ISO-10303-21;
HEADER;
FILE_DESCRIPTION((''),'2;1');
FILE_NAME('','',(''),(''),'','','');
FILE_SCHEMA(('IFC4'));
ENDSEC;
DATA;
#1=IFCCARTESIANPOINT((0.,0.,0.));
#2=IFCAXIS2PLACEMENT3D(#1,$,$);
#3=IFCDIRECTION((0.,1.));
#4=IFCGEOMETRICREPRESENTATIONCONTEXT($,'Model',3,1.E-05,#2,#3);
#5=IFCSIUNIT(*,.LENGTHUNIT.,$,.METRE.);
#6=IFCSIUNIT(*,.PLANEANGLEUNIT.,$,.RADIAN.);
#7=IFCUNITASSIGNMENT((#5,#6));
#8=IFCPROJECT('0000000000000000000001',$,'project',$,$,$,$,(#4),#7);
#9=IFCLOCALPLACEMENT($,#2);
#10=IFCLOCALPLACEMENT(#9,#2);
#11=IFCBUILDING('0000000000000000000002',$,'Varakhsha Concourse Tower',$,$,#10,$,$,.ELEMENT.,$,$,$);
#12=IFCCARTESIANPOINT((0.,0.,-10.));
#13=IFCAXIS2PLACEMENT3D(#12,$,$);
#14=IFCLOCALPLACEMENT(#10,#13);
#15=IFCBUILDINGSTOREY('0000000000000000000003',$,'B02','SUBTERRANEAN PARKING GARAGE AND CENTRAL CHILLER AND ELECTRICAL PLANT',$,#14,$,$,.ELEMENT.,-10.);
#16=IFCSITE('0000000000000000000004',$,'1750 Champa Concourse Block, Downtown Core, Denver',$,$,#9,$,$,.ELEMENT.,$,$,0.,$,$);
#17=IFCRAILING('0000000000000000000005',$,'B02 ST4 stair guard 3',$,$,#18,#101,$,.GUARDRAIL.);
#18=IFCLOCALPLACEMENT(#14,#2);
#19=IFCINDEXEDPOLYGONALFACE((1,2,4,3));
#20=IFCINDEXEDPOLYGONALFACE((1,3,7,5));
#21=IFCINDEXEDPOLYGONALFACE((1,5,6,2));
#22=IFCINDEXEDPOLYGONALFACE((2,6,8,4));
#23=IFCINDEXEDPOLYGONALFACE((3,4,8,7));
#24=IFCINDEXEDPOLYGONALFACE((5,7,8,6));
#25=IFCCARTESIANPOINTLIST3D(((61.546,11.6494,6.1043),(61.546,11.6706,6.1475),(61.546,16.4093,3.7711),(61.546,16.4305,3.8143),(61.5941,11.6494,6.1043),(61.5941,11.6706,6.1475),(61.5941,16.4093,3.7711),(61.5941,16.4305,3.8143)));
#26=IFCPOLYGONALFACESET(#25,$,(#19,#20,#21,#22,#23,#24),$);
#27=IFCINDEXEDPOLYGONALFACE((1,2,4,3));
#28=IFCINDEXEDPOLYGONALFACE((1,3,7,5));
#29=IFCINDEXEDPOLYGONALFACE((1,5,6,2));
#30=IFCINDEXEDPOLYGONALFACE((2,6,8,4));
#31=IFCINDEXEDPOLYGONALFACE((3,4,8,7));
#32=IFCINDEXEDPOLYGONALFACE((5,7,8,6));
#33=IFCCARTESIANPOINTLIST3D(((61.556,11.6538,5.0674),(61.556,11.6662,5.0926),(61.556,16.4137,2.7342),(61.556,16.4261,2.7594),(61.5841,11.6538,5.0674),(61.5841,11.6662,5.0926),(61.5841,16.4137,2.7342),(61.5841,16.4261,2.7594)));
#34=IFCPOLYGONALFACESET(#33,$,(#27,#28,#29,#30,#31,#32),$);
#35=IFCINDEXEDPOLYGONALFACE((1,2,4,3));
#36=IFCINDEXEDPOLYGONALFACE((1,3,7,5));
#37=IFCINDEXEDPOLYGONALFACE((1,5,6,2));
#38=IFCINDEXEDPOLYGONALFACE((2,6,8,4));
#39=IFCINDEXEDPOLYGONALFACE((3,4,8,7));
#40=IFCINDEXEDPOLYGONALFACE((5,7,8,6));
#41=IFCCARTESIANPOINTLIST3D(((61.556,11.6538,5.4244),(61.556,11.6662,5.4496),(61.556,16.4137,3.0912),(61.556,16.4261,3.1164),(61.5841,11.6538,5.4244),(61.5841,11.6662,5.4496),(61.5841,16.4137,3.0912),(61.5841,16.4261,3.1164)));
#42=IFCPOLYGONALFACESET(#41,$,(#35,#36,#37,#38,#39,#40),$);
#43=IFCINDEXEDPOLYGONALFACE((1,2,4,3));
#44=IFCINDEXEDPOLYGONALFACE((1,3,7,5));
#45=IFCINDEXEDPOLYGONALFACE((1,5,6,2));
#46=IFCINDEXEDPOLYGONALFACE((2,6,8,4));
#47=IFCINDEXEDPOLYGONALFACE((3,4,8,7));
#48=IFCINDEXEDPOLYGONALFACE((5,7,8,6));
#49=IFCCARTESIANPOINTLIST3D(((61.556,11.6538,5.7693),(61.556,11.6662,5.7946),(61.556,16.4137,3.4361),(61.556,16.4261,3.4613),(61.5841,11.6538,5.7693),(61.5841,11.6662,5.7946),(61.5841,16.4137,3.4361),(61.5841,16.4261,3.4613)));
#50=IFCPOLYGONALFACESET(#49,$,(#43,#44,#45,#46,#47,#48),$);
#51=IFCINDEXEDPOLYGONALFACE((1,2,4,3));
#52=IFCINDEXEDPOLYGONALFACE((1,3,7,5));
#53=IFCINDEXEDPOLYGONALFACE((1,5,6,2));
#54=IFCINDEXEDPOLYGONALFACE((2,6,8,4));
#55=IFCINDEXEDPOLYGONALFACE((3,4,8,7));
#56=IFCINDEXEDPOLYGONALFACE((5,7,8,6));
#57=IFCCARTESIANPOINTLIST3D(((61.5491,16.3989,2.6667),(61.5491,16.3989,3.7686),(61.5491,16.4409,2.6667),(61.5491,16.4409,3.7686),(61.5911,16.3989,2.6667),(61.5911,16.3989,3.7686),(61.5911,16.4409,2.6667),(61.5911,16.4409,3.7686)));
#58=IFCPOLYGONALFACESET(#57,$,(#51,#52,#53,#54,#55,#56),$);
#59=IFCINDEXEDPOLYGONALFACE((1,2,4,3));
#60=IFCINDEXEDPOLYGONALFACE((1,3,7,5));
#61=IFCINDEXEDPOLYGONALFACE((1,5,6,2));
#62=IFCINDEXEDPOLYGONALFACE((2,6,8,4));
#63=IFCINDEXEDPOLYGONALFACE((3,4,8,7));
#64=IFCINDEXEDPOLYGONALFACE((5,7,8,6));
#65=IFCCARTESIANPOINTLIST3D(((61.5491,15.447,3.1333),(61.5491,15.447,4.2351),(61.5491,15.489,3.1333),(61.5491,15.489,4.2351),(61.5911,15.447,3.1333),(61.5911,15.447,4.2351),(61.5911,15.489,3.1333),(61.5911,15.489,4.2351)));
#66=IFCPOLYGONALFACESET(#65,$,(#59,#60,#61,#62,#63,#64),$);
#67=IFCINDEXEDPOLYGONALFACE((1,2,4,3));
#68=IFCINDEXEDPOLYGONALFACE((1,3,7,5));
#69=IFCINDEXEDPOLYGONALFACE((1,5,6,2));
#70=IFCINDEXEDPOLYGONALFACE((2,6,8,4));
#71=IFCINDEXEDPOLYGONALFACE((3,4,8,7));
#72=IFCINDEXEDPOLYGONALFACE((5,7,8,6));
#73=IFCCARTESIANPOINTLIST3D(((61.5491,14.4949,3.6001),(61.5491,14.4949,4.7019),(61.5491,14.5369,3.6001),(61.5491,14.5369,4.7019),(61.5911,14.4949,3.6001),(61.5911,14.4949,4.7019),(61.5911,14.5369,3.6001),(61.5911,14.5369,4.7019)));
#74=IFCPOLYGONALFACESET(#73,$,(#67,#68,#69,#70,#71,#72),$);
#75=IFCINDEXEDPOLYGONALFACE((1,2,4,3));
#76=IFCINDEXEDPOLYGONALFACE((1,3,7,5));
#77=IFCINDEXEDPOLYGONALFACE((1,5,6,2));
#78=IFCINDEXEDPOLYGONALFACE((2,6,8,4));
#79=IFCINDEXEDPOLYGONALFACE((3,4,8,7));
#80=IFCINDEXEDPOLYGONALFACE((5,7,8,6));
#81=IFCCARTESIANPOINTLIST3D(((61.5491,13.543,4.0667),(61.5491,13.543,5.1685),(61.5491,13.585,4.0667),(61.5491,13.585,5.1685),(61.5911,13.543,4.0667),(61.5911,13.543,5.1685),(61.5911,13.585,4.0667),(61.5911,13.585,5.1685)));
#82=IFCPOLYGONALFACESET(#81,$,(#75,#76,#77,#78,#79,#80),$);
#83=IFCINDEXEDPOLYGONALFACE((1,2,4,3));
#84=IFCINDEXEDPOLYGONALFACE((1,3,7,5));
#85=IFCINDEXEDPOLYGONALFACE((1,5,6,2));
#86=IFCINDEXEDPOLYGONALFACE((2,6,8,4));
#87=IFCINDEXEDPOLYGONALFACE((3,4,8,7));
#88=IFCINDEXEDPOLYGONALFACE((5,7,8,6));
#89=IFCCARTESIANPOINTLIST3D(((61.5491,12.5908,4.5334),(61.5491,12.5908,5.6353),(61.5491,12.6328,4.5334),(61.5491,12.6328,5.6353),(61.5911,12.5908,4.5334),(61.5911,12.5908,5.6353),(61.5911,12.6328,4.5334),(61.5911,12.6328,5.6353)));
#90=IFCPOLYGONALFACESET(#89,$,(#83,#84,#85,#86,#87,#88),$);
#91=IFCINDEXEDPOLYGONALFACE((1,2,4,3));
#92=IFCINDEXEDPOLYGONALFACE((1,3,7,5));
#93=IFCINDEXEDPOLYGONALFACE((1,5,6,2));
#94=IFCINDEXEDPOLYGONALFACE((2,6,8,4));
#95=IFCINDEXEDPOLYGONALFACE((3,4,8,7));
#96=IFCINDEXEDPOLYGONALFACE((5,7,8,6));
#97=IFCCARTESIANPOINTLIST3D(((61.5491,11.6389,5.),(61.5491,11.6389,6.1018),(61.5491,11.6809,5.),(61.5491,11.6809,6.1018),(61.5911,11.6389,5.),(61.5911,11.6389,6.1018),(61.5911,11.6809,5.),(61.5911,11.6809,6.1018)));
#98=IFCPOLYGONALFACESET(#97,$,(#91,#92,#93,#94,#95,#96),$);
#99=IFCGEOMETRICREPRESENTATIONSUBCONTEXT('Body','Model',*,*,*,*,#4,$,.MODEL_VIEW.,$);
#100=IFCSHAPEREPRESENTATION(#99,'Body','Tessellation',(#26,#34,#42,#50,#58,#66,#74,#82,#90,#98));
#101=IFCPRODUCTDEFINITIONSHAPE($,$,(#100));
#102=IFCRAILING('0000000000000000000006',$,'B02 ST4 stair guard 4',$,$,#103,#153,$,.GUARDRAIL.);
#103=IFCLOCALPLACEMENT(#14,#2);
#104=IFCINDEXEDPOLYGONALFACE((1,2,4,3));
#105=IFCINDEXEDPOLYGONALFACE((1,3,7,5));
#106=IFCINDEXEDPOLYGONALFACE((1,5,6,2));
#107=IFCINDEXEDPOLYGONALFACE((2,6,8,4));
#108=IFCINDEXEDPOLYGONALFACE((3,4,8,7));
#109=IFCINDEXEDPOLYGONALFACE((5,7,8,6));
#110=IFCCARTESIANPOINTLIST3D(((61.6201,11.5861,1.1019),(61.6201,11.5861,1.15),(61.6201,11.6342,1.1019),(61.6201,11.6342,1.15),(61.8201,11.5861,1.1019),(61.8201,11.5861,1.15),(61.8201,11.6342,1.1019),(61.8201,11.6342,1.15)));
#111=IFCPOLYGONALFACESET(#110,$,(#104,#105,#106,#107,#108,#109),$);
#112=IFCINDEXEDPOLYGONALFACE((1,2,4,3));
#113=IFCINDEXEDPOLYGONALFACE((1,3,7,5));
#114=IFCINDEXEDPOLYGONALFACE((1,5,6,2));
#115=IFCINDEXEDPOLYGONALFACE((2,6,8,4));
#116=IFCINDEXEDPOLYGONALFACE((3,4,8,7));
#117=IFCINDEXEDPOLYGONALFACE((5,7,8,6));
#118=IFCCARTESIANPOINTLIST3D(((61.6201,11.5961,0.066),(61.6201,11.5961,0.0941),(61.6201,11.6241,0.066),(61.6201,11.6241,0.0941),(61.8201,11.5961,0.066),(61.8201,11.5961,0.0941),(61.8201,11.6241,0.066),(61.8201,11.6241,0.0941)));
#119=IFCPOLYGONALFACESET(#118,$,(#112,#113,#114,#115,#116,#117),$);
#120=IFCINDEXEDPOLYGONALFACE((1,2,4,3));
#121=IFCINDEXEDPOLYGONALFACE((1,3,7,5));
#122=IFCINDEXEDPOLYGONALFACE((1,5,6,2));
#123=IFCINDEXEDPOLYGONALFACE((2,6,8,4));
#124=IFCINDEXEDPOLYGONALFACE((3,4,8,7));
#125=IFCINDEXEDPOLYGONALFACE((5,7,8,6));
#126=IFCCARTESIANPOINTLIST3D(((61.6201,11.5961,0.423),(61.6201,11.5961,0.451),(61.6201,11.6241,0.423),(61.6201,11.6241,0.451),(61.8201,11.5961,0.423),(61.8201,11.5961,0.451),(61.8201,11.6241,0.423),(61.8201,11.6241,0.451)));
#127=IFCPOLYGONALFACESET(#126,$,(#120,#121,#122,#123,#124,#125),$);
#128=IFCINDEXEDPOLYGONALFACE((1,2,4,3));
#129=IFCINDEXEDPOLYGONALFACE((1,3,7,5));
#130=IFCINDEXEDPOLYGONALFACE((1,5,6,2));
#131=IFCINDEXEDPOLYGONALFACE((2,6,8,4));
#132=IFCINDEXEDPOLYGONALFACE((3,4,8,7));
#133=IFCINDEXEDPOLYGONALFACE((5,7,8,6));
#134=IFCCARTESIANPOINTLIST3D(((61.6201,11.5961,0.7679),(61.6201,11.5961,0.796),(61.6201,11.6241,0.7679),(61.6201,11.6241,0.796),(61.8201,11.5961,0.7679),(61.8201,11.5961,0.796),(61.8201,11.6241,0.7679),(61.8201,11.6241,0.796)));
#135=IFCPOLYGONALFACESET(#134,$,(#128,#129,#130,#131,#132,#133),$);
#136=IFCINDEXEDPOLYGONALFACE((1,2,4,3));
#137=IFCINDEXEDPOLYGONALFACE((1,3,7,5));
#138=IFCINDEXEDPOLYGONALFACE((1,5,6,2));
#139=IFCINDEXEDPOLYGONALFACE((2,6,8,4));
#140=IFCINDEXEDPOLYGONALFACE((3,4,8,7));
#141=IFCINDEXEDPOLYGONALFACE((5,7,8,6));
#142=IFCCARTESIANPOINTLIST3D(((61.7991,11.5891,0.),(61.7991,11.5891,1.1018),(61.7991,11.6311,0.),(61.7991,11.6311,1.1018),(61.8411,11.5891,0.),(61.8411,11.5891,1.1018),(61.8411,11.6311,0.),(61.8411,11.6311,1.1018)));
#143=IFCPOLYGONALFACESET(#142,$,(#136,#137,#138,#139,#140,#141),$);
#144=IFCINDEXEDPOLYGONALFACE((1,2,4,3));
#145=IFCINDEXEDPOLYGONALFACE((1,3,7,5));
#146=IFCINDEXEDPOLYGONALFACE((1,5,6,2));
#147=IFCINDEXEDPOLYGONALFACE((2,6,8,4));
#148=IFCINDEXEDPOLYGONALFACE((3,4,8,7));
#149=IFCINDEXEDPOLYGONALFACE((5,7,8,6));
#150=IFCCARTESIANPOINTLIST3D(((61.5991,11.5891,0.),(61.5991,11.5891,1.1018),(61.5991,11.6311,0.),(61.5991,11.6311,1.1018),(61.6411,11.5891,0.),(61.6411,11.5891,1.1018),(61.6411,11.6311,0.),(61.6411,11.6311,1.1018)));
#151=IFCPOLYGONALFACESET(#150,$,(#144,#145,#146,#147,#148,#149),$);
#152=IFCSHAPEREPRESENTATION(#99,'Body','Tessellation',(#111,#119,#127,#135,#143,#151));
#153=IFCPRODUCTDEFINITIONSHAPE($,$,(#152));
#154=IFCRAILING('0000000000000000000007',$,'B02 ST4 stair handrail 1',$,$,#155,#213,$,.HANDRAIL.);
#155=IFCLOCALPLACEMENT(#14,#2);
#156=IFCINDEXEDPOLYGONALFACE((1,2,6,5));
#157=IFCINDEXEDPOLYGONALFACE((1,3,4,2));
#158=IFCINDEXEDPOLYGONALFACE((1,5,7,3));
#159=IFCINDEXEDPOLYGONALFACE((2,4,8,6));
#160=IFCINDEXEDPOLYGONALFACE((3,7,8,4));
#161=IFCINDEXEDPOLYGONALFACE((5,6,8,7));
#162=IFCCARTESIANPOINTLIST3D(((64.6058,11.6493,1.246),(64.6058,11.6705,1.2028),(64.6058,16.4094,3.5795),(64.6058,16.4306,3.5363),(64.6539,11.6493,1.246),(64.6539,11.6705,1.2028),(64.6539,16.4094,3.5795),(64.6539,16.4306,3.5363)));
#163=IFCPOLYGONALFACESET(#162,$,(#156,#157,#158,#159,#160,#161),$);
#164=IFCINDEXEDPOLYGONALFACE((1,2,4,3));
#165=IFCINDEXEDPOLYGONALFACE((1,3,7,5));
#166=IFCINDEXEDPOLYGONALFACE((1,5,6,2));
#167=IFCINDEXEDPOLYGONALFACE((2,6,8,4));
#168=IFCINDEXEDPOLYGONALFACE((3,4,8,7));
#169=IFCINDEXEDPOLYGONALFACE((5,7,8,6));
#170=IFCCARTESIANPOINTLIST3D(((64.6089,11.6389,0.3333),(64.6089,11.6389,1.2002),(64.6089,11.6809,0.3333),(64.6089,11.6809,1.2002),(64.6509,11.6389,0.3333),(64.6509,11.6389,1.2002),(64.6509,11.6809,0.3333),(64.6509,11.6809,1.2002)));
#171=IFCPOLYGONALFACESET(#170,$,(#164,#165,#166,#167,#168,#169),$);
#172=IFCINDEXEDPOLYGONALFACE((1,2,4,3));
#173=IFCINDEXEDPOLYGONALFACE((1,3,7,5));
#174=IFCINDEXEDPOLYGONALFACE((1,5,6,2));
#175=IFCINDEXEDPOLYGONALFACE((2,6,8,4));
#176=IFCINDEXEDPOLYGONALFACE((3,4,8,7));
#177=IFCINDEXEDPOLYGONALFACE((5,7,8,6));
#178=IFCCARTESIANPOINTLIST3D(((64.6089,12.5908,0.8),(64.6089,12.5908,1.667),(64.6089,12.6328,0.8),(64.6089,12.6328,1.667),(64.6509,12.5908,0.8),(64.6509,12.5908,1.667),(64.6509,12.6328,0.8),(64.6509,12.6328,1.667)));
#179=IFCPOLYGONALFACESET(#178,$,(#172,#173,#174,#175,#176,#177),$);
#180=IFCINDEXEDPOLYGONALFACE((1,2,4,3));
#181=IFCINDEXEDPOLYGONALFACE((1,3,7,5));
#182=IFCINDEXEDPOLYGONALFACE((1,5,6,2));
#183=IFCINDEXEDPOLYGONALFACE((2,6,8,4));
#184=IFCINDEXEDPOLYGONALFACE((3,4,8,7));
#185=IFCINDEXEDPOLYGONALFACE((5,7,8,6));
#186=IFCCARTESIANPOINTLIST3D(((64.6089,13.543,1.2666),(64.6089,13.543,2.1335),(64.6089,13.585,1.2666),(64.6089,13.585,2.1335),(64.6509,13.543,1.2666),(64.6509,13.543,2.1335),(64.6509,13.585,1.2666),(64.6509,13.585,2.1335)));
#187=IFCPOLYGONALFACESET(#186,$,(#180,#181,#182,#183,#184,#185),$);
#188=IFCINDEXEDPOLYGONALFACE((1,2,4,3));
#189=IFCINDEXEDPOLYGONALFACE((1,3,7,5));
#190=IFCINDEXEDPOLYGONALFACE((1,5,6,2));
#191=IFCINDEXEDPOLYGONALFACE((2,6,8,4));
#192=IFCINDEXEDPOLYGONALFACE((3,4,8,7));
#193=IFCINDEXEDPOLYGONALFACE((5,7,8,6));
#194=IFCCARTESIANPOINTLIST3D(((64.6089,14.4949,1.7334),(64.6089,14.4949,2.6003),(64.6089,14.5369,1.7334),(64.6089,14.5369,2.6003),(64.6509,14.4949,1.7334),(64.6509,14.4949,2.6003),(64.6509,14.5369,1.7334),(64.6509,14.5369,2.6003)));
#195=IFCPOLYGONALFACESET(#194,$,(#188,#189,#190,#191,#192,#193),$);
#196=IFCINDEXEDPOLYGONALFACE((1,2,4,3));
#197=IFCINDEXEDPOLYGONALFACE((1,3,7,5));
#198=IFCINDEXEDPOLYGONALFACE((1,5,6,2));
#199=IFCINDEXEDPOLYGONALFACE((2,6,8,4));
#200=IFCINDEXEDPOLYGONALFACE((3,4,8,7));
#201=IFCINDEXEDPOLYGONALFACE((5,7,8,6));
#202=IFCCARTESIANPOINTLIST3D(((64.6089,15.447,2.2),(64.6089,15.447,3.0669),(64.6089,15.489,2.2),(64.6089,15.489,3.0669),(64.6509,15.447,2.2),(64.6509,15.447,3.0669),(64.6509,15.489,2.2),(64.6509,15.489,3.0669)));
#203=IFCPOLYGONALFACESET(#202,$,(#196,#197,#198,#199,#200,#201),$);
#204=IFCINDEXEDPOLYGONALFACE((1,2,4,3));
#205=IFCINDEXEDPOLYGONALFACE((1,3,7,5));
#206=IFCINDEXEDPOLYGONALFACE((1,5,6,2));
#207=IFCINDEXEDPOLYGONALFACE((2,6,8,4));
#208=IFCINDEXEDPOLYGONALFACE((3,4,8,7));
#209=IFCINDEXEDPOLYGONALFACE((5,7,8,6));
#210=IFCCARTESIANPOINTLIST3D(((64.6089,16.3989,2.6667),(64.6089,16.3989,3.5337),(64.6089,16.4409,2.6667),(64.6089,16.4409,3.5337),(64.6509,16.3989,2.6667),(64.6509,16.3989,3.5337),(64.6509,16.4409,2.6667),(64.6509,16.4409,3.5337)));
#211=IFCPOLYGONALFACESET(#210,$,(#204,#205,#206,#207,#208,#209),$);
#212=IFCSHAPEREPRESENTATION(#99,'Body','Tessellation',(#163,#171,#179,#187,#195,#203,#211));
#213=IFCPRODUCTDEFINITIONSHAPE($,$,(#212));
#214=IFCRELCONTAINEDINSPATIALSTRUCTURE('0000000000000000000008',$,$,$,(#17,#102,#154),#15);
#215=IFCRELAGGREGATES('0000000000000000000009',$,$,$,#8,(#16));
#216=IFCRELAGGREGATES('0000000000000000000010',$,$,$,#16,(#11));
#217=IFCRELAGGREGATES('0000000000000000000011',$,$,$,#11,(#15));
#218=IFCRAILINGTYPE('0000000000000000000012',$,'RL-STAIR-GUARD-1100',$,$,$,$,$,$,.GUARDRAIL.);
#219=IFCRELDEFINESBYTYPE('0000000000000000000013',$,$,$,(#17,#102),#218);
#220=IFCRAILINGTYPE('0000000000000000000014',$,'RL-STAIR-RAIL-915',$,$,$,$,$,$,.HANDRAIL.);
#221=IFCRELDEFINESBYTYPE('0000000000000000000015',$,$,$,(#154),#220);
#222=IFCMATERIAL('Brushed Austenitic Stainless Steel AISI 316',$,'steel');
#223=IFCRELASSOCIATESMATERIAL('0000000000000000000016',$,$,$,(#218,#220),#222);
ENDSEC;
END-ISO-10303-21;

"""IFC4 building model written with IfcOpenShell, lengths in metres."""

from ifc_helpers import new_model, si_unit, direction, frame, origin, origin_2d, place, context, subcontext, project, spatial, rectangle, extrude, material, type_object, element, save


model = new_model("IFC4")

# Units and contexts
model_context = context("Model", 3, precision=1e-05, world=origin(), true_north=direction((0.0, 1.0)))
body_context = subcontext(model_context, "Body", "Model", "MODEL_VIEW")
ifc_project = project(units=[si_unit("LENGTHUNIT", "METRE"), si_unit("PLANEANGLEUNIT", "RADIAN")], contexts=[model_context])

# Site, building, storey
site_placement = place(None, origin())
site = spatial("IfcSite", under=ifc_project, at=site_placement, Name="1750 Champa Concourse Block, Downtown Core, Denver", CompositionType="ELEMENT", RefElevation=0.0)
building_placement = place(site_placement, origin())
building = spatial("IfcBuilding", under=site, at=building_placement, Name="Varakhsha Concourse Tower", CompositionType="ELEMENT")
storey_placement = place(building_placement, frame((0.0, 0.0, -10.0)))
storey = spatial("IfcBuildingStorey", under=building, at=storey_placement, Name="B02", Description="SUBTERRANEAN PARKING GARAGE AND CENTRAL CHILLER AND ELECTRICAL PLANT", CompositionType="ELEMENT", Elevation=-10.0)

# Railings
ifc_material_1 = material(Name="Brushed Austenitic Stainless Steel AISI 316", Category="steel")
railing_type_1 = type_object("IfcRailingType", Name="RL-STAIR-GUARD-1100", PredefinedType="GUARDRAIL", material=ifc_material_1)
railing_1_placement = place(storey_placement, frame((61.5701, 16.4199, 2.6667)))
element("IfcRailing", 1, at=railing_1_placement, inside=storey, type_object=railing_type_1, Name="B02 ST4 stair guard 3", PredefinedType="GUARDRAIL", context=body_context, shape_type="SweptSolid", body=[
    extrude(rectangle(XDim=0.0481, YDim=0.0481, at=origin_2d()), frame((0.0, 0.0, 1.126), z_axis=(0.0, -0.897927, 0.440144), x_axis=(1.0, 0.0, 0.0)), (0.0, 0.0, 1.0), 5.301),
    extrude(rectangle(XDim=0.0281, YDim=0.0281, at=origin_2d()), frame((0.0, 0.0, 0.0801), z_axis=(0.0, -0.897927, 0.440144), x_axis=(1.0, 0.0, 0.0)), (0.0, 0.0, 1.0), 5.301),
    extrude(rectangle(XDim=0.0281, YDim=0.0281, at=origin_2d()), frame((0.0, 0.0, 0.437), z_axis=(0.0, -0.897927, 0.440144), x_axis=(1.0, 0.0, 0.0)), (0.0, 0.0, 1.0), 5.301),
    extrude(rectangle(XDim=0.0281, YDim=0.0281, at=origin_2d()), frame((0.0, 0.0, 0.782), z_axis=(0.0, -0.897927, 0.440144), x_axis=(1.0, 0.0, 0.0)), (0.0, 0.0, 1.0), 5.301),
    extrude(rectangle(XDim=0.042, YDim=0.042, at=origin_2d()), origin(), (0.0, 0.0, 1.0), 1.1018),
    extrude(rectangle(XDim=0.042, YDim=0.042, at=origin_2d()), frame((0.0, -0.9519, 0.4666)), (0.0, 0.0, 1.0), 1.1018),
    extrude(rectangle(XDim=0.042, YDim=0.042, at=origin_2d()), frame((0.0, -1.9041, 0.9333)), (0.0, 0.0, 1.0), 1.1018),
    extrude(rectangle(XDim=0.042, YDim=0.042, at=origin_2d()), frame((0.0, -2.856, 1.3999)), (0.0, 0.0, 1.0), 1.1018),
    extrude(rectangle(XDim=0.042, YDim=0.042, at=origin_2d()), frame((0.0, -3.8081, 1.8667)), (0.0, 0.0, 1.0), 1.1018),
    extrude(rectangle(XDim=0.042, YDim=0.042, at=origin_2d()), frame((0.0, -4.76, 2.3333)), (0.0, 0.0, 1.0), 1.1018),
])
railing_2_placement = place(storey_placement, frame((61.8201, 11.6101, 0.0)))
element("IfcRailing", 2, at=railing_2_placement, inside=storey, type_object=railing_type_1, Name="B02 ST4 stair guard 4", PredefinedType="GUARDRAIL", context=body_context, shape_type="SweptSolid", body=[
    extrude(rectangle(XDim=0.0481, YDim=0.0481, at=origin_2d()), frame((0.0, 0.0, 1.126), z_axis=(-1.0, 0.0, 0.0), x_axis=(0.0, -1.0, 0.0)), (0.0, 0.0, 1.0), 0.2),
    extrude(rectangle(XDim=0.0281, YDim=0.0281, at=origin_2d()), frame((0.0, 0.0, 0.0801), z_axis=(-1.0, 0.0, 0.0), x_axis=(0.0, -1.0, 0.0)), (0.0, 0.0, 1.0), 0.2),
    extrude(rectangle(XDim=0.0281, YDim=0.0281, at=origin_2d()), frame((0.0, 0.0, 0.437), z_axis=(-1.0, 0.0, 0.0), x_axis=(0.0, -1.0, 0.0)), (0.0, 0.0, 1.0), 0.2),
    extrude(rectangle(XDim=0.0281, YDim=0.0281, at=origin_2d()), frame((0.0, 0.0, 0.782), z_axis=(-1.0, 0.0, 0.0), x_axis=(0.0, -1.0, 0.0)), (0.0, 0.0, 1.0), 0.2),
    extrude(rectangle(XDim=0.042, YDim=0.042, at=origin_2d()), origin(), (0.0, 0.0, 1.0), 1.1018),
    extrude(rectangle(XDim=0.042, YDim=0.042, at=origin_2d()), frame((-0.2, 0.0, 0.0)), (0.0, 0.0, 1.0), 1.1018),
])
railing_type_2 = type_object("IfcRailingType", Name="RL-STAIR-RAIL-915", PredefinedType="HANDRAIL", material=ifc_material_1)
railing_3_placement = place(storey_placement, frame((64.6299, 11.6599, 0.3333)))
element("IfcRailing", 3, at=railing_3_placement, inside=storey, type_object=railing_type_2, Name="B02 ST4 stair handrail 1", PredefinedType="HANDRAIL", context=body_context, shape_type="SweptSolid", body=[
    extrude(rectangle(XDim=0.0481, YDim=0.0481, at=origin_2d()), frame((0.0, 0.0, 0.8911), z_axis=(0.0, 0.897909, 0.440181), x_axis=(-1.0, 0.0, 0.0)), (0.0, 0.0, 1.0), 5.3013),
    extrude(rectangle(XDim=0.042, YDim=0.042, at=origin_2d()), origin(), (0.0, 0.0, 1.0), 0.8669),
    extrude(rectangle(XDim=0.042, YDim=0.042, at=origin_2d()), frame((0.0, 0.9519, 0.4668)), (0.0, 0.0, 1.0), 0.8669),
    extrude(rectangle(XDim=0.042, YDim=0.042, at=origin_2d()), frame((0.0, 1.9041, 0.9333)), (0.0, 0.0, 1.0), 0.8669),
    extrude(rectangle(XDim=0.042, YDim=0.042, at=origin_2d()), frame((0.0, 2.856, 1.4001)), (0.0, 0.0, 1.0), 0.8669),
    extrude(rectangle(XDim=0.042, YDim=0.042, at=origin_2d()), frame((0.0, 3.8081, 1.8667)), (0.0, 0.0, 1.0), 0.8669),
    extrude(rectangle(XDim=0.042, YDim=0.042, at=origin_2d()), frame((0.0, 4.76, 2.3335)), (0.0, 0.0, 1.0), 0.8669),
])

save(model, "model.ifc")
